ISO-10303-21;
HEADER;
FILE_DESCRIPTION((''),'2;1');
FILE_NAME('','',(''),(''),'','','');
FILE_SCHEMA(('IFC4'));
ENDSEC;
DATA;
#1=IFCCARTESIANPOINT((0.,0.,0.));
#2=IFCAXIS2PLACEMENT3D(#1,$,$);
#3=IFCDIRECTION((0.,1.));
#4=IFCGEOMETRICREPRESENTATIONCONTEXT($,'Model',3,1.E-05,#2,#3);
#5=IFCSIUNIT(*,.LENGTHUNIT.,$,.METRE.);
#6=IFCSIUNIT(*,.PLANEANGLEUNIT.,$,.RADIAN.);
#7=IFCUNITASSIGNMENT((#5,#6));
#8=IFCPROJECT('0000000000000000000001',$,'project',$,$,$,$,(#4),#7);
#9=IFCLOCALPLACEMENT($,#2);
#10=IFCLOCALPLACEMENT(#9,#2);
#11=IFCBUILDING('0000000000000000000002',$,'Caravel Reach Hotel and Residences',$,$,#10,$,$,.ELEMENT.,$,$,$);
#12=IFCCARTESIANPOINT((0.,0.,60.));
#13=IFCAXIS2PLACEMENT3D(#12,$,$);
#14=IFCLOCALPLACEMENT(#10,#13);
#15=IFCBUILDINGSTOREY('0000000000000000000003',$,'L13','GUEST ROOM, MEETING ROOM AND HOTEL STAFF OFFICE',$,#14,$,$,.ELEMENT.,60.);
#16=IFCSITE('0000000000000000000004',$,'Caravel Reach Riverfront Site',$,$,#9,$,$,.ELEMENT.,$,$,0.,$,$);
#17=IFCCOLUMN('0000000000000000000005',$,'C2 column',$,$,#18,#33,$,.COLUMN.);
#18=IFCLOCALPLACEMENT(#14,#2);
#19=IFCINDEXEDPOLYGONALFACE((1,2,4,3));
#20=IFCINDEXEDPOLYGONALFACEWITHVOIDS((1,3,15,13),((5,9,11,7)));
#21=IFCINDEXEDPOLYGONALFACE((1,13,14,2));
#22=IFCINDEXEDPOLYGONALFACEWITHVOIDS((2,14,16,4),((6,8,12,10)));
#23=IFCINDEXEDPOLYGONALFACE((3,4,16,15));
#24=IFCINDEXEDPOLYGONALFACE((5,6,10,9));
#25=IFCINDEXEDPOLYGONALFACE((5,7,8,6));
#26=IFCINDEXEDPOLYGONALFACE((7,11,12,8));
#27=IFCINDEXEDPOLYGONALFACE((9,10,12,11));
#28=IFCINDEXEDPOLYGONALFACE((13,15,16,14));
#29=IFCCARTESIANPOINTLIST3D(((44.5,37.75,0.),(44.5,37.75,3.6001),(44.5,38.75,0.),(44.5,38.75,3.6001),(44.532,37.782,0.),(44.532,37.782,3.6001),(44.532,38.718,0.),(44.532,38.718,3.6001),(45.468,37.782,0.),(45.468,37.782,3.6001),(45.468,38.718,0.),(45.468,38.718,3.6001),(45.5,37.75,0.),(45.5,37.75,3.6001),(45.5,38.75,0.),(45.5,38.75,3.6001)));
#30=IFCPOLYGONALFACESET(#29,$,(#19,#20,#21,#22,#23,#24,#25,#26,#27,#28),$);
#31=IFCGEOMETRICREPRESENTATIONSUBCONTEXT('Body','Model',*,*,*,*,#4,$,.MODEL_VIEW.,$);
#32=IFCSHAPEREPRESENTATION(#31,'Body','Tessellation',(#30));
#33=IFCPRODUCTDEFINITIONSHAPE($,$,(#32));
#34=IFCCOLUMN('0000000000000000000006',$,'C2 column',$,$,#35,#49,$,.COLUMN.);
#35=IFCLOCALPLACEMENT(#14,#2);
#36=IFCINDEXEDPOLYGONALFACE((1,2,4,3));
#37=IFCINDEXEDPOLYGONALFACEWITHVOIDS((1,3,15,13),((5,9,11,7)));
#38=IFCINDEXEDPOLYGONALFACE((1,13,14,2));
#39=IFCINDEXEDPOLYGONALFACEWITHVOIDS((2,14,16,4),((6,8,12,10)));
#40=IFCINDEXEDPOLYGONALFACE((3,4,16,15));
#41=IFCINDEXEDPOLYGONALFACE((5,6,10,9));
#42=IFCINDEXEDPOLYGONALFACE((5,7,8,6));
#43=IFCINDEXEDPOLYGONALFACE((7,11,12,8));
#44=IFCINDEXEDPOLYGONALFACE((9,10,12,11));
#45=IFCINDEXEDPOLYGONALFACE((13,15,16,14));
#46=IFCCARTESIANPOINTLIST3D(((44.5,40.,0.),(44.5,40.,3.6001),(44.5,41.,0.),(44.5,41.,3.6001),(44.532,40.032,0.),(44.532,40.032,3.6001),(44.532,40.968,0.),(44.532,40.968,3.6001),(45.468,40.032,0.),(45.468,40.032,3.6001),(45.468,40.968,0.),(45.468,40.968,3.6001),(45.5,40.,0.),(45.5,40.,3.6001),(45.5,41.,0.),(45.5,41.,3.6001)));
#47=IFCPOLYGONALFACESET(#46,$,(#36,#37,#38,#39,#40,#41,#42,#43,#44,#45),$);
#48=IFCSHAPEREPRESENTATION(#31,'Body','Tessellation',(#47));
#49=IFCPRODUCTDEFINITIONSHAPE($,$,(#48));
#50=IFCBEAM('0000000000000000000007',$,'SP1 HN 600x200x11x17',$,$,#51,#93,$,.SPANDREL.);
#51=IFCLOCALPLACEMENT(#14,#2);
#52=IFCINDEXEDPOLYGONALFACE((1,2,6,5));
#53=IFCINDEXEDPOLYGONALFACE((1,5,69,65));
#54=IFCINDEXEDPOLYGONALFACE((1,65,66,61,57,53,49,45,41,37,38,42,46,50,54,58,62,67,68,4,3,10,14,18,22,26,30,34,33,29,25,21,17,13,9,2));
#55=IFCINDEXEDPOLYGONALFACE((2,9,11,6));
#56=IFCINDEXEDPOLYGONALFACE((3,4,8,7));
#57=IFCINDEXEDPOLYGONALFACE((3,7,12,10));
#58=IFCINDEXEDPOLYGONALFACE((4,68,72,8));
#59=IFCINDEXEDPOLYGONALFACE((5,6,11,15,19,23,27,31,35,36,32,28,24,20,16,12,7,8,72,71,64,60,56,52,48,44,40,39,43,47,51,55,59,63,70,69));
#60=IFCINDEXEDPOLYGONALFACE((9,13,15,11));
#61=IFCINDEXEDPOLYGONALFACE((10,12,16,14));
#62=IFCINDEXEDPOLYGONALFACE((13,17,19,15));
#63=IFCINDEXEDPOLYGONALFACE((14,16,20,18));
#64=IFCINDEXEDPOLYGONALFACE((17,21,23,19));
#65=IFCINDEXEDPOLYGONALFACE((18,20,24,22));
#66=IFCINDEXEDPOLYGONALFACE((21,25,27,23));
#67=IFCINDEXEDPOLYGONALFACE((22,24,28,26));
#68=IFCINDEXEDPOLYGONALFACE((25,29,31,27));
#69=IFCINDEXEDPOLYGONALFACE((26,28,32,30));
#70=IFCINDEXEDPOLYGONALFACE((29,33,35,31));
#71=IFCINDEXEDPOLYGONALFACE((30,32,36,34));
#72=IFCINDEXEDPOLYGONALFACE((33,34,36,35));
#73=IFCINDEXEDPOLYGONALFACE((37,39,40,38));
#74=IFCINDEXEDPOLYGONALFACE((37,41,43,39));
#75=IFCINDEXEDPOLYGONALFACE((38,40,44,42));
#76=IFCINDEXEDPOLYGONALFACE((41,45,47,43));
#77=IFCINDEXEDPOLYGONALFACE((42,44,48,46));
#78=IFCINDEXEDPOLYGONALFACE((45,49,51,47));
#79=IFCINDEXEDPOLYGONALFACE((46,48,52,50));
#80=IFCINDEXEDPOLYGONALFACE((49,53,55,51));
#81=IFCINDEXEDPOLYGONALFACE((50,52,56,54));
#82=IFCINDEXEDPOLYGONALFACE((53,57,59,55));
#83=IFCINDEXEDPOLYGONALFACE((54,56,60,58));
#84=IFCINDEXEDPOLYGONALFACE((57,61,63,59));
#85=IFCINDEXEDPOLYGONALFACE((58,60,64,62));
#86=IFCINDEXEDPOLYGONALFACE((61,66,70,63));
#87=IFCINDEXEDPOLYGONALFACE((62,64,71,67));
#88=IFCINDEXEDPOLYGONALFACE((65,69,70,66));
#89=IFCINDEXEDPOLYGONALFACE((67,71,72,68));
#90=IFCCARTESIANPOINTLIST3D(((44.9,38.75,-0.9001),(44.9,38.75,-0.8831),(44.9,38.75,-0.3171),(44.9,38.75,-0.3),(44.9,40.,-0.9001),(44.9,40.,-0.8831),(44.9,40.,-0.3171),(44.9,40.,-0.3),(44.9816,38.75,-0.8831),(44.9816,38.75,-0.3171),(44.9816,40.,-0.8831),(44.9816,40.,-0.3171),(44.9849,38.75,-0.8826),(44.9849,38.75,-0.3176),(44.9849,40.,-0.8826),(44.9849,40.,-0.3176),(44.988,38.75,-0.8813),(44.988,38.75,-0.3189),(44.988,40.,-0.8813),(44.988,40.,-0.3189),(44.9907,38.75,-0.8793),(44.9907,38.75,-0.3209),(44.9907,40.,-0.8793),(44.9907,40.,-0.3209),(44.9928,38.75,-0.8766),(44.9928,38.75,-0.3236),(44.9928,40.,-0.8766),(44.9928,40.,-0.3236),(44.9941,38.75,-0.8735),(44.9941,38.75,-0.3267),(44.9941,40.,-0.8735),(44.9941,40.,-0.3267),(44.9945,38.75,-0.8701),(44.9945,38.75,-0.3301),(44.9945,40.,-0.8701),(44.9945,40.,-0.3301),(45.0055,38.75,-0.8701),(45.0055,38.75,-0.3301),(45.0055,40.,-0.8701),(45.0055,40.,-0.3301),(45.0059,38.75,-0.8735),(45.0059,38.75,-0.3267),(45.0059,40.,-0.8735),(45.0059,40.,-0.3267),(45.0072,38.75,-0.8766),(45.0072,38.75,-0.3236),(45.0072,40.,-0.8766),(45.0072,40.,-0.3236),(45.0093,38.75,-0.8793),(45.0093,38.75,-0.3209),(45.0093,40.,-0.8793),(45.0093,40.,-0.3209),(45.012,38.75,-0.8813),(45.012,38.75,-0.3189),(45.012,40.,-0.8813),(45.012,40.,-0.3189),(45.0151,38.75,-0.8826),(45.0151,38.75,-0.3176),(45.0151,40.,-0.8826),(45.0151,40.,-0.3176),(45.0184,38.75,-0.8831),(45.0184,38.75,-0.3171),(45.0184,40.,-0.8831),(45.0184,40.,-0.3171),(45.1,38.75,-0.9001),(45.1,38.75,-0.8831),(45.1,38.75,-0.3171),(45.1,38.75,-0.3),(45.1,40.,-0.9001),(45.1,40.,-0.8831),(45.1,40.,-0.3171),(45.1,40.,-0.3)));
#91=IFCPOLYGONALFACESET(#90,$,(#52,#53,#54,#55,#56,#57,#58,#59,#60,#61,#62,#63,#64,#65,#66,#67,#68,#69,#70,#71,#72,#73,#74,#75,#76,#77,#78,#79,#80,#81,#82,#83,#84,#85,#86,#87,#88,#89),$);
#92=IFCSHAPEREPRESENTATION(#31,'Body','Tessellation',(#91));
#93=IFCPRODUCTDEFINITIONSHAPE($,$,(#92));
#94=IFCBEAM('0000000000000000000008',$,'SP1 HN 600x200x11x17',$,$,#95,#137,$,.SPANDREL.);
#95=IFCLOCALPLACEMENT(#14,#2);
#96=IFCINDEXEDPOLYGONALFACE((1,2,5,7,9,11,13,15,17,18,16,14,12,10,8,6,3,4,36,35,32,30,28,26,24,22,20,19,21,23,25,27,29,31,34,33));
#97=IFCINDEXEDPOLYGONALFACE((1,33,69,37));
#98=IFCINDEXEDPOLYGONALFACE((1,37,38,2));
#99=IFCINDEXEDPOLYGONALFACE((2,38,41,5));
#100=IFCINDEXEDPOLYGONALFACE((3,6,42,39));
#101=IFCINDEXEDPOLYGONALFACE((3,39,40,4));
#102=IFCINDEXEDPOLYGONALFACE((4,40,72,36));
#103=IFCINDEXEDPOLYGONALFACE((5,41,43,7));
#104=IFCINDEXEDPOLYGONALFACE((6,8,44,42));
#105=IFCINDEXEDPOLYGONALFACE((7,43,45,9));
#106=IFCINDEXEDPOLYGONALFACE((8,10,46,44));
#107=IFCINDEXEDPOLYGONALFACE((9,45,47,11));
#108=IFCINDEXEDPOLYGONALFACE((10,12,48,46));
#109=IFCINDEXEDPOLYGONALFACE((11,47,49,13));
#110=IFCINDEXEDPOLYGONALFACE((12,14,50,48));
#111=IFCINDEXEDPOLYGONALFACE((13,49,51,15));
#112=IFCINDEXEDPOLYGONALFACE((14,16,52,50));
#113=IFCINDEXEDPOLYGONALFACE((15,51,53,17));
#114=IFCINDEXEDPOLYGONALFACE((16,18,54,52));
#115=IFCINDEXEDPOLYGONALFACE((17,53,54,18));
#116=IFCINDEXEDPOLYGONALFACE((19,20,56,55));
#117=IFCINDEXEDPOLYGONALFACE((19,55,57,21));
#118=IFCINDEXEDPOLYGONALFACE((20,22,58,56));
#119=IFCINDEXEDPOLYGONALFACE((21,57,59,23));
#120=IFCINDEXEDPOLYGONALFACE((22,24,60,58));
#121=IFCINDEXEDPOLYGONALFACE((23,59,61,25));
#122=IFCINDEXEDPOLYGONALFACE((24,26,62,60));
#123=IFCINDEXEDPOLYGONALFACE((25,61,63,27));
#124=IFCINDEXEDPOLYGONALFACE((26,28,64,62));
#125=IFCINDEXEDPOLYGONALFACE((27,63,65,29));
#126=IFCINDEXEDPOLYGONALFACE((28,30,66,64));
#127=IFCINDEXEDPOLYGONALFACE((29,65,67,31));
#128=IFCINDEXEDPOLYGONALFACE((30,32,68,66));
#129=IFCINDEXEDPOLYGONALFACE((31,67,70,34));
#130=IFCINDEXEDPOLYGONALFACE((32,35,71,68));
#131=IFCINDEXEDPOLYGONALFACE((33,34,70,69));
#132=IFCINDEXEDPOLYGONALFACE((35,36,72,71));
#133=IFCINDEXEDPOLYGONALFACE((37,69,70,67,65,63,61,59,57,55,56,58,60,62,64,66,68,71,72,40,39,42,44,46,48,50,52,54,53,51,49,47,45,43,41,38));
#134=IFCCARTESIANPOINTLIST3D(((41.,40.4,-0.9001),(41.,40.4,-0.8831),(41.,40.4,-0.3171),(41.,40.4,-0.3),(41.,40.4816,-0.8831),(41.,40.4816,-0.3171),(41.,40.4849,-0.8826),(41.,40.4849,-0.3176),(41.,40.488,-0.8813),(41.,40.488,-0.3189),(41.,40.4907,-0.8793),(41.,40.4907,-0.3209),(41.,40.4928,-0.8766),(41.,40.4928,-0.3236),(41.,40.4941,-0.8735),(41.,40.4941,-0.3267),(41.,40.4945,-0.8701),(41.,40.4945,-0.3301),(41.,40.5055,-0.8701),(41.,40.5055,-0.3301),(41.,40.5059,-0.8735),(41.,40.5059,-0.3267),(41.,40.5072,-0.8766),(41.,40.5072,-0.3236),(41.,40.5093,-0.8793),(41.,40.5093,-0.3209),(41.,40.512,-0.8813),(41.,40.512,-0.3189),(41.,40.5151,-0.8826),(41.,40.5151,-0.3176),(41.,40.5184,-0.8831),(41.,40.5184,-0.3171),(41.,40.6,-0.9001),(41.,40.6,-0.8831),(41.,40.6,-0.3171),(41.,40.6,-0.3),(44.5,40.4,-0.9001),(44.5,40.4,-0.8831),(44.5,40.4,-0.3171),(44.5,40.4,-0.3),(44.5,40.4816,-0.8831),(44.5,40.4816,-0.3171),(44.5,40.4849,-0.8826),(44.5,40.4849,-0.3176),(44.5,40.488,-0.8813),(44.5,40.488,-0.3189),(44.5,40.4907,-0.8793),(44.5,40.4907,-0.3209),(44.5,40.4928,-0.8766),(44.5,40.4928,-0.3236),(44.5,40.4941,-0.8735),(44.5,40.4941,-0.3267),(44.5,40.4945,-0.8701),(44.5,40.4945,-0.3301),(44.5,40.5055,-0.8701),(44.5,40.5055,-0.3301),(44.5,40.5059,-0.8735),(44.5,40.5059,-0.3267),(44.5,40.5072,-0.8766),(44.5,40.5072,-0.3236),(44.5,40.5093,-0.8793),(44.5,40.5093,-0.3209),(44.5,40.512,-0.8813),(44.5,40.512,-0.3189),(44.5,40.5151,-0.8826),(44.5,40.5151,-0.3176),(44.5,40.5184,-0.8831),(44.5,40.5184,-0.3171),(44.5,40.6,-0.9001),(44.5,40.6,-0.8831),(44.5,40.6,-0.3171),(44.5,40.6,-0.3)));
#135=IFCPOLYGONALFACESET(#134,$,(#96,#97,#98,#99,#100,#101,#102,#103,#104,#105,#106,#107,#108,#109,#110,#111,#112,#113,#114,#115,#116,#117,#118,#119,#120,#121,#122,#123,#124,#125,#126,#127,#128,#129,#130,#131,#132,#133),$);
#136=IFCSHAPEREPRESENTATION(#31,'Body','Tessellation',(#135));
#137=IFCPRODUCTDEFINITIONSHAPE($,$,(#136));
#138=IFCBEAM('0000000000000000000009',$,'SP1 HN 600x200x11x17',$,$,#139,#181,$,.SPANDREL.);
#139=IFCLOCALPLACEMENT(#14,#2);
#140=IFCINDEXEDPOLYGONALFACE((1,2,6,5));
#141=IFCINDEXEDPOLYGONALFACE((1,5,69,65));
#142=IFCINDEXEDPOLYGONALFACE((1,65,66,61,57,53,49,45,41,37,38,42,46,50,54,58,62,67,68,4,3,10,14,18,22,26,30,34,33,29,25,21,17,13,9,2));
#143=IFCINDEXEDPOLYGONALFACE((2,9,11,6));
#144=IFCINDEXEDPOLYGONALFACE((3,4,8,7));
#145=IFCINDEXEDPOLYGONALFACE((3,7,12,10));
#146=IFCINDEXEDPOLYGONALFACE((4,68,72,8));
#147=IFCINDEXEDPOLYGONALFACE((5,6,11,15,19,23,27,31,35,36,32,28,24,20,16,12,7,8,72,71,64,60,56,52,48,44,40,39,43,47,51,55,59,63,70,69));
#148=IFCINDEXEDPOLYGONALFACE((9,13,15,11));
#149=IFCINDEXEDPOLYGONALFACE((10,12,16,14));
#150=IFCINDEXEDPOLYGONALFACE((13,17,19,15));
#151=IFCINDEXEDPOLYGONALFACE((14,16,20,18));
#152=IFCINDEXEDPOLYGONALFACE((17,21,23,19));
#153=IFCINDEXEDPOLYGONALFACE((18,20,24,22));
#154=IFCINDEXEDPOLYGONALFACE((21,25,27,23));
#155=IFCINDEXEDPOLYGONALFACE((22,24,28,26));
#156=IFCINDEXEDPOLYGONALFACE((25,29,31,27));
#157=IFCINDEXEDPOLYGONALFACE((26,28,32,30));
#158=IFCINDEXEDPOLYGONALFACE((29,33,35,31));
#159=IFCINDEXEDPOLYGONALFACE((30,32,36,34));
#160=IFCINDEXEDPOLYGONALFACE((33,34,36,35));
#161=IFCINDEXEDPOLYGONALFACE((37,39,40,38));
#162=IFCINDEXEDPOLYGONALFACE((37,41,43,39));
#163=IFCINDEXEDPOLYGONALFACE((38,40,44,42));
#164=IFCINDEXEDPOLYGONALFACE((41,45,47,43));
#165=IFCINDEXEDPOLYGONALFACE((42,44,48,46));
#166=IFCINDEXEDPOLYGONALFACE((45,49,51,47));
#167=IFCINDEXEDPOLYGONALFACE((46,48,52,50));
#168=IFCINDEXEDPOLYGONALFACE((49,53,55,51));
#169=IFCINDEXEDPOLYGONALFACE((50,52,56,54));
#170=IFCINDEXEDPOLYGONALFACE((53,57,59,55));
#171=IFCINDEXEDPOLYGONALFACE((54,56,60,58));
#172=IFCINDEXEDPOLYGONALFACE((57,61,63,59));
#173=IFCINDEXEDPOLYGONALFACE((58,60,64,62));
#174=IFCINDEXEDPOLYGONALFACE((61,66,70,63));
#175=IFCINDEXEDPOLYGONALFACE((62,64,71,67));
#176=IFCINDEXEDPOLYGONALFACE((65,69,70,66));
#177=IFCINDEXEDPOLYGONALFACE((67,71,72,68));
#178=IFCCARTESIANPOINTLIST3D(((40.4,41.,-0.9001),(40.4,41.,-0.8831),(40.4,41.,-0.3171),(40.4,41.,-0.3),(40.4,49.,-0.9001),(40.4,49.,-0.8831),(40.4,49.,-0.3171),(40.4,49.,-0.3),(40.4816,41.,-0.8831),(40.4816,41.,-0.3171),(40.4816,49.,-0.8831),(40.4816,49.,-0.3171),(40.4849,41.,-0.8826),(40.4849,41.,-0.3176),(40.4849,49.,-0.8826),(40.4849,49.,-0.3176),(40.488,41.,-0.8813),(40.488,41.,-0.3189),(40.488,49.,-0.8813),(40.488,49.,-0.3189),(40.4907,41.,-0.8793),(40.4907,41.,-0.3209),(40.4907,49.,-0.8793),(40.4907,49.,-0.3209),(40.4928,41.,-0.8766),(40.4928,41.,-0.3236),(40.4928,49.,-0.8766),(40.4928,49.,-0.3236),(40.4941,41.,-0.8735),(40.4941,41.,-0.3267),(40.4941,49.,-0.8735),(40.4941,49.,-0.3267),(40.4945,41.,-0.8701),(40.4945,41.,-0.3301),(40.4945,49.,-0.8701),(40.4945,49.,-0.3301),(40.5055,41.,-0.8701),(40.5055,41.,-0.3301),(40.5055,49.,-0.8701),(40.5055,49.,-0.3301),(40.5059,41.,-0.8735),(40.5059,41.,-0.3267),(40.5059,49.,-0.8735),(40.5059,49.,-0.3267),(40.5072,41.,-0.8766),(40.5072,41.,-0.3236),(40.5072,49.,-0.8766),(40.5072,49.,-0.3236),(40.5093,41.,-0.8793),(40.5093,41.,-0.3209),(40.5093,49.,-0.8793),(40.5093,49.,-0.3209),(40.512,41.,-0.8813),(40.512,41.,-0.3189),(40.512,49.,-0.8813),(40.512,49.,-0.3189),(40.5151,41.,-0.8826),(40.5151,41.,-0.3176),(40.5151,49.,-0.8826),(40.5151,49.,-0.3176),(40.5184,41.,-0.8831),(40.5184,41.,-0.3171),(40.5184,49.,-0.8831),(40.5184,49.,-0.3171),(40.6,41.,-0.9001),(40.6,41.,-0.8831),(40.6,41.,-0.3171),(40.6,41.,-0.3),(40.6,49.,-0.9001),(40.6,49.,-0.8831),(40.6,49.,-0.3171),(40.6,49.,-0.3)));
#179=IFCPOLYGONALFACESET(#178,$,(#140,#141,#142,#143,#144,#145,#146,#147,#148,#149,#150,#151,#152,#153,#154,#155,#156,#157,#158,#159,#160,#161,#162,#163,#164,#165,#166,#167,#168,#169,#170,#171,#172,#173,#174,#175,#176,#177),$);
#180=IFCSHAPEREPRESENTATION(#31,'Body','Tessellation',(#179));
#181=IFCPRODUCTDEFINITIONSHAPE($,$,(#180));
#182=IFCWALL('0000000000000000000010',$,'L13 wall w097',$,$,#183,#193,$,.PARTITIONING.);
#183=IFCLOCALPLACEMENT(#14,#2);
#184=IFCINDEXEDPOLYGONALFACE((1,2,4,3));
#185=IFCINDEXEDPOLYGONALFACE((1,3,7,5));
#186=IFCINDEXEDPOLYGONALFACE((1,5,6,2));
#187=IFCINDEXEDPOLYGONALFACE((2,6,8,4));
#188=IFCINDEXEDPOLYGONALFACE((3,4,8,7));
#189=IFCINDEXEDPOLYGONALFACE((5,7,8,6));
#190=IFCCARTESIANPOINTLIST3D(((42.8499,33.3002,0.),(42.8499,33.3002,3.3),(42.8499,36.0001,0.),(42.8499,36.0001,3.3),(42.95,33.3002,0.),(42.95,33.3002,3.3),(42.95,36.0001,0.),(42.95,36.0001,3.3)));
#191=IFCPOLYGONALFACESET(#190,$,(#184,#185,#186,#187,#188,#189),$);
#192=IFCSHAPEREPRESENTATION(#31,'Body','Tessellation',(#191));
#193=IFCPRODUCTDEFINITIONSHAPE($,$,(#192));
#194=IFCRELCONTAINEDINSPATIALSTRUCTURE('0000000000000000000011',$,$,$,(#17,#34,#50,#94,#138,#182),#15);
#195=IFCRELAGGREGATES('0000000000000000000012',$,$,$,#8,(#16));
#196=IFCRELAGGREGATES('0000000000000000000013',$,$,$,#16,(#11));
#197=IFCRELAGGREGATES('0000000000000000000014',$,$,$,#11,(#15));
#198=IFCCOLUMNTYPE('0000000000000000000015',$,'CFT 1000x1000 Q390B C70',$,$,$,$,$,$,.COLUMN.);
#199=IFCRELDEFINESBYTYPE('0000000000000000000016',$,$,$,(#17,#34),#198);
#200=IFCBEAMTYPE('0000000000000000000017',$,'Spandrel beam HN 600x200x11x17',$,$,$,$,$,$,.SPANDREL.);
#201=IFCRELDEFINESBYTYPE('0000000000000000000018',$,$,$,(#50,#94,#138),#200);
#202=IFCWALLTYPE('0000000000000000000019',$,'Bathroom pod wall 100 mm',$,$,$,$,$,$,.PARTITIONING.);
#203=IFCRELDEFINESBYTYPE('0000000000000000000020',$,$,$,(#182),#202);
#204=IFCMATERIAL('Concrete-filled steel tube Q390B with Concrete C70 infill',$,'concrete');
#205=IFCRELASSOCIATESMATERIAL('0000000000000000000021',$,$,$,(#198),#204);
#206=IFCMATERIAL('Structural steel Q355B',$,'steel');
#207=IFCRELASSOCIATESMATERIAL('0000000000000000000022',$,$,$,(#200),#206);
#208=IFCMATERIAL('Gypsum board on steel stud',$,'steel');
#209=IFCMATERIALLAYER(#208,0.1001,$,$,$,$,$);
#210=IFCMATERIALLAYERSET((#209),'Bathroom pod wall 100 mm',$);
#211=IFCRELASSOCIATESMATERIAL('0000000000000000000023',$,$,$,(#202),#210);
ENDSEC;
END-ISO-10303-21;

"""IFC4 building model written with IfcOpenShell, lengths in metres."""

from ifc_helpers import new_model, si_unit, direction, frame, frame_2d, origin, origin_2d, place, context, subcontext, project, spatial, rectangle, hollow_rectangle, i_section, extrude, material, layer, layer_set, material_profile, profile_set, type_object, element, save


model = new_model("IFC4")

# Units and contexts
model_context = context("Model", 3, precision=1e-05, world=origin(), true_north=direction((0.0, 1.0)))
body_context = subcontext(model_context, "Body", "Model", "MODEL_VIEW")
ifc_project = project(units=[si_unit("LENGTHUNIT", "METRE"), si_unit("PLANEANGLEUNIT", "RADIAN")], contexts=[model_context])

# Site, building, storey
site_placement = place(None, origin())
site = spatial("IfcSite", under=ifc_project, at=site_placement, Name="Caravel Reach Riverfront Site", CompositionType="ELEMENT", RefElevation=0.0)
building_placement = place(site_placement, origin())
building = spatial("IfcBuilding", under=site, at=building_placement, Name="Caravel Reach Hotel and Residences", CompositionType="ELEMENT")
storey_placement = place(building_placement, frame((0.0, 0.0, 60.0)))
storey = spatial("IfcBuildingStorey", under=building, at=storey_placement, Name="L13", Description="GUEST ROOM, MEETING ROOM AND HOTEL STAFF OFFICE", CompositionType="ELEMENT", Elevation=60.0)

# Columns
ifc_material_1 = material(Name="Concrete-filled steel tube Q390B with Concrete C70 infill", Category="concrete")
ifc_material_profile_1 = material_profile(ifc_material_1, hollow_rectangle(XDim=1.0, YDim=1.0, WallThickness=0.032, at=origin_2d()), Name="RHS 1000x1000x32")
ifc_profile_set_1 = profile_set([ifc_material_profile_1], Name="Concrete-filled steel tube Q390B with Concrete C70 infill")
column_type = type_object("IfcColumnType", Name="CFT 1000x1000 Q390B C70", PredefinedType="COLUMN", material=ifc_profile_set_1)
for number, where, z_axis, x_axis, name in (
    (1, (45.0, 38.25, 0.0), (0.0, 0.0, 1.0), (1.0, 0.0, 0.0), "C2 column"),
    (2, (45.0, 40.5, 0.0), (0.0, 0.0, 1.0), (1.0, 0.0, 0.0), "C2 column"),
):
    element("IfcColumn", number, at=place(storey_placement, frame(where, z_axis=z_axis, x_axis=x_axis)), inside=storey, type_object=column_type, Name=name, PredefinedType="COLUMN", context=body_context, shape_type="SweptSolid", body=[
        extrude(hollow_rectangle(XDim=1.0, YDim=1.0, WallThickness=0.032, at=origin_2d()), origin(), (0.0, 0.0, 1.0), 3.6001),
    ])

# Beams
ifc_material_2 = material(Name="Structural steel Q355B", Category="steel")
ifc_material_profile_2 = material_profile(ifc_material_2, i_section(OverallWidth=0.2, OverallDepth=0.6001, WebThickness=0.011, FlangeThickness=0.0171, FilletRadius=0.0129, at=origin_2d()), Name="HN 600x200x11x17")
ifc_profile_set_2 = profile_set([ifc_material_profile_2], Name="Structural steel Q355B")
beam_type = type_object("IfcBeamType", Name="Spandrel beam HN 600x200x11x17", PredefinedType="SPANDREL", material=ifc_profile_set_2)
beam_1_placement = place(storey_placement, frame((45.0, 38.75, -0.6001), z_axis=(0.0, 1.0, 0.0), x_axis=(-1.0, 0.0, 0.0)))
element("IfcBeam", 3, at=beam_1_placement, inside=storey, type_object=beam_type, Name="SP1 HN 600x200x11x17", PredefinedType="SPANDREL", context=body_context, shape_type="SweptSolid", body=[
    extrude(i_section(OverallWidth=0.2, OverallDepth=0.6001, WebThickness=0.011, FlangeThickness=0.0171, FilletRadius=0.0129, at=origin_2d()), origin(), (0.0, 0.0, 1.0), 1.25),
])
beam_2_placement = place(storey_placement, frame((44.5, 40.5, -0.6001), z_axis=(-1.0, 0.0, 0.0), x_axis=(0.0, -1.0, 0.0)))
element("IfcBeam", 4, at=beam_2_placement, inside=storey, type_object=beam_type, Name="SP1 HN 600x200x11x17", PredefinedType="SPANDREL", context=body_context, shape_type="SweptSolid", body=[
    extrude(i_section(OverallWidth=0.2, OverallDepth=0.6001, WebThickness=0.011, FlangeThickness=0.0171, FilletRadius=0.0129, at=origin_2d()), origin(), (0.0, 0.0, 1.0), 3.5),
])
beam_3_placement = place(storey_placement, frame((40.5, 41.0, -0.6001), z_axis=(0.0, 1.0, 0.0), x_axis=(-1.0, 0.0, 0.0)))
element("IfcBeam", 5, at=beam_3_placement, inside=storey, type_object=beam_type, Name="SP1 HN 600x200x11x17", PredefinedType="SPANDREL", context=body_context, shape_type="SweptSolid", body=[
    extrude(i_section(OverallWidth=0.2, OverallDepth=0.6001, WebThickness=0.011, FlangeThickness=0.0171, FilletRadius=0.0129, at=origin_2d()), origin(), (0.0, 0.0, 1.0), 8.0),
])

# Wall
ifc_material_3 = material(Name="Gypsum board on steel stud", Category="steel")
ifc_layer_1 = layer(ifc_material_3, 0.1001)
ifc_layer_set_1 = layer_set([ifc_layer_1], Name="Bathroom pod wall 100 mm")
wall_type_1 = type_object("IfcWallType", Name="Bathroom pod wall 100 mm", PredefinedType="PARTITIONING", material=ifc_layer_set_1)
wall_1_placement = place(storey_placement, frame((42.8999, 33.3, 0.0), z_axis=(0.0, 0.0, 1.0), x_axis=(0.0, 1.0, 0.0)))
element("IfcWall", 6, at=wall_1_placement, inside=storey, type_object=wall_type_1, Name="L13 wall w097", PredefinedType="PARTITIONING", context=body_context, shape_type="SweptSolid", body=[
    extrude(rectangle(XDim=2.7, YDim=0.1001, at=frame_2d((1.3501, 0.0))), origin(), (0.0, 0.0, 1.0), 3.3),
])

save(model, "model.ifc")
